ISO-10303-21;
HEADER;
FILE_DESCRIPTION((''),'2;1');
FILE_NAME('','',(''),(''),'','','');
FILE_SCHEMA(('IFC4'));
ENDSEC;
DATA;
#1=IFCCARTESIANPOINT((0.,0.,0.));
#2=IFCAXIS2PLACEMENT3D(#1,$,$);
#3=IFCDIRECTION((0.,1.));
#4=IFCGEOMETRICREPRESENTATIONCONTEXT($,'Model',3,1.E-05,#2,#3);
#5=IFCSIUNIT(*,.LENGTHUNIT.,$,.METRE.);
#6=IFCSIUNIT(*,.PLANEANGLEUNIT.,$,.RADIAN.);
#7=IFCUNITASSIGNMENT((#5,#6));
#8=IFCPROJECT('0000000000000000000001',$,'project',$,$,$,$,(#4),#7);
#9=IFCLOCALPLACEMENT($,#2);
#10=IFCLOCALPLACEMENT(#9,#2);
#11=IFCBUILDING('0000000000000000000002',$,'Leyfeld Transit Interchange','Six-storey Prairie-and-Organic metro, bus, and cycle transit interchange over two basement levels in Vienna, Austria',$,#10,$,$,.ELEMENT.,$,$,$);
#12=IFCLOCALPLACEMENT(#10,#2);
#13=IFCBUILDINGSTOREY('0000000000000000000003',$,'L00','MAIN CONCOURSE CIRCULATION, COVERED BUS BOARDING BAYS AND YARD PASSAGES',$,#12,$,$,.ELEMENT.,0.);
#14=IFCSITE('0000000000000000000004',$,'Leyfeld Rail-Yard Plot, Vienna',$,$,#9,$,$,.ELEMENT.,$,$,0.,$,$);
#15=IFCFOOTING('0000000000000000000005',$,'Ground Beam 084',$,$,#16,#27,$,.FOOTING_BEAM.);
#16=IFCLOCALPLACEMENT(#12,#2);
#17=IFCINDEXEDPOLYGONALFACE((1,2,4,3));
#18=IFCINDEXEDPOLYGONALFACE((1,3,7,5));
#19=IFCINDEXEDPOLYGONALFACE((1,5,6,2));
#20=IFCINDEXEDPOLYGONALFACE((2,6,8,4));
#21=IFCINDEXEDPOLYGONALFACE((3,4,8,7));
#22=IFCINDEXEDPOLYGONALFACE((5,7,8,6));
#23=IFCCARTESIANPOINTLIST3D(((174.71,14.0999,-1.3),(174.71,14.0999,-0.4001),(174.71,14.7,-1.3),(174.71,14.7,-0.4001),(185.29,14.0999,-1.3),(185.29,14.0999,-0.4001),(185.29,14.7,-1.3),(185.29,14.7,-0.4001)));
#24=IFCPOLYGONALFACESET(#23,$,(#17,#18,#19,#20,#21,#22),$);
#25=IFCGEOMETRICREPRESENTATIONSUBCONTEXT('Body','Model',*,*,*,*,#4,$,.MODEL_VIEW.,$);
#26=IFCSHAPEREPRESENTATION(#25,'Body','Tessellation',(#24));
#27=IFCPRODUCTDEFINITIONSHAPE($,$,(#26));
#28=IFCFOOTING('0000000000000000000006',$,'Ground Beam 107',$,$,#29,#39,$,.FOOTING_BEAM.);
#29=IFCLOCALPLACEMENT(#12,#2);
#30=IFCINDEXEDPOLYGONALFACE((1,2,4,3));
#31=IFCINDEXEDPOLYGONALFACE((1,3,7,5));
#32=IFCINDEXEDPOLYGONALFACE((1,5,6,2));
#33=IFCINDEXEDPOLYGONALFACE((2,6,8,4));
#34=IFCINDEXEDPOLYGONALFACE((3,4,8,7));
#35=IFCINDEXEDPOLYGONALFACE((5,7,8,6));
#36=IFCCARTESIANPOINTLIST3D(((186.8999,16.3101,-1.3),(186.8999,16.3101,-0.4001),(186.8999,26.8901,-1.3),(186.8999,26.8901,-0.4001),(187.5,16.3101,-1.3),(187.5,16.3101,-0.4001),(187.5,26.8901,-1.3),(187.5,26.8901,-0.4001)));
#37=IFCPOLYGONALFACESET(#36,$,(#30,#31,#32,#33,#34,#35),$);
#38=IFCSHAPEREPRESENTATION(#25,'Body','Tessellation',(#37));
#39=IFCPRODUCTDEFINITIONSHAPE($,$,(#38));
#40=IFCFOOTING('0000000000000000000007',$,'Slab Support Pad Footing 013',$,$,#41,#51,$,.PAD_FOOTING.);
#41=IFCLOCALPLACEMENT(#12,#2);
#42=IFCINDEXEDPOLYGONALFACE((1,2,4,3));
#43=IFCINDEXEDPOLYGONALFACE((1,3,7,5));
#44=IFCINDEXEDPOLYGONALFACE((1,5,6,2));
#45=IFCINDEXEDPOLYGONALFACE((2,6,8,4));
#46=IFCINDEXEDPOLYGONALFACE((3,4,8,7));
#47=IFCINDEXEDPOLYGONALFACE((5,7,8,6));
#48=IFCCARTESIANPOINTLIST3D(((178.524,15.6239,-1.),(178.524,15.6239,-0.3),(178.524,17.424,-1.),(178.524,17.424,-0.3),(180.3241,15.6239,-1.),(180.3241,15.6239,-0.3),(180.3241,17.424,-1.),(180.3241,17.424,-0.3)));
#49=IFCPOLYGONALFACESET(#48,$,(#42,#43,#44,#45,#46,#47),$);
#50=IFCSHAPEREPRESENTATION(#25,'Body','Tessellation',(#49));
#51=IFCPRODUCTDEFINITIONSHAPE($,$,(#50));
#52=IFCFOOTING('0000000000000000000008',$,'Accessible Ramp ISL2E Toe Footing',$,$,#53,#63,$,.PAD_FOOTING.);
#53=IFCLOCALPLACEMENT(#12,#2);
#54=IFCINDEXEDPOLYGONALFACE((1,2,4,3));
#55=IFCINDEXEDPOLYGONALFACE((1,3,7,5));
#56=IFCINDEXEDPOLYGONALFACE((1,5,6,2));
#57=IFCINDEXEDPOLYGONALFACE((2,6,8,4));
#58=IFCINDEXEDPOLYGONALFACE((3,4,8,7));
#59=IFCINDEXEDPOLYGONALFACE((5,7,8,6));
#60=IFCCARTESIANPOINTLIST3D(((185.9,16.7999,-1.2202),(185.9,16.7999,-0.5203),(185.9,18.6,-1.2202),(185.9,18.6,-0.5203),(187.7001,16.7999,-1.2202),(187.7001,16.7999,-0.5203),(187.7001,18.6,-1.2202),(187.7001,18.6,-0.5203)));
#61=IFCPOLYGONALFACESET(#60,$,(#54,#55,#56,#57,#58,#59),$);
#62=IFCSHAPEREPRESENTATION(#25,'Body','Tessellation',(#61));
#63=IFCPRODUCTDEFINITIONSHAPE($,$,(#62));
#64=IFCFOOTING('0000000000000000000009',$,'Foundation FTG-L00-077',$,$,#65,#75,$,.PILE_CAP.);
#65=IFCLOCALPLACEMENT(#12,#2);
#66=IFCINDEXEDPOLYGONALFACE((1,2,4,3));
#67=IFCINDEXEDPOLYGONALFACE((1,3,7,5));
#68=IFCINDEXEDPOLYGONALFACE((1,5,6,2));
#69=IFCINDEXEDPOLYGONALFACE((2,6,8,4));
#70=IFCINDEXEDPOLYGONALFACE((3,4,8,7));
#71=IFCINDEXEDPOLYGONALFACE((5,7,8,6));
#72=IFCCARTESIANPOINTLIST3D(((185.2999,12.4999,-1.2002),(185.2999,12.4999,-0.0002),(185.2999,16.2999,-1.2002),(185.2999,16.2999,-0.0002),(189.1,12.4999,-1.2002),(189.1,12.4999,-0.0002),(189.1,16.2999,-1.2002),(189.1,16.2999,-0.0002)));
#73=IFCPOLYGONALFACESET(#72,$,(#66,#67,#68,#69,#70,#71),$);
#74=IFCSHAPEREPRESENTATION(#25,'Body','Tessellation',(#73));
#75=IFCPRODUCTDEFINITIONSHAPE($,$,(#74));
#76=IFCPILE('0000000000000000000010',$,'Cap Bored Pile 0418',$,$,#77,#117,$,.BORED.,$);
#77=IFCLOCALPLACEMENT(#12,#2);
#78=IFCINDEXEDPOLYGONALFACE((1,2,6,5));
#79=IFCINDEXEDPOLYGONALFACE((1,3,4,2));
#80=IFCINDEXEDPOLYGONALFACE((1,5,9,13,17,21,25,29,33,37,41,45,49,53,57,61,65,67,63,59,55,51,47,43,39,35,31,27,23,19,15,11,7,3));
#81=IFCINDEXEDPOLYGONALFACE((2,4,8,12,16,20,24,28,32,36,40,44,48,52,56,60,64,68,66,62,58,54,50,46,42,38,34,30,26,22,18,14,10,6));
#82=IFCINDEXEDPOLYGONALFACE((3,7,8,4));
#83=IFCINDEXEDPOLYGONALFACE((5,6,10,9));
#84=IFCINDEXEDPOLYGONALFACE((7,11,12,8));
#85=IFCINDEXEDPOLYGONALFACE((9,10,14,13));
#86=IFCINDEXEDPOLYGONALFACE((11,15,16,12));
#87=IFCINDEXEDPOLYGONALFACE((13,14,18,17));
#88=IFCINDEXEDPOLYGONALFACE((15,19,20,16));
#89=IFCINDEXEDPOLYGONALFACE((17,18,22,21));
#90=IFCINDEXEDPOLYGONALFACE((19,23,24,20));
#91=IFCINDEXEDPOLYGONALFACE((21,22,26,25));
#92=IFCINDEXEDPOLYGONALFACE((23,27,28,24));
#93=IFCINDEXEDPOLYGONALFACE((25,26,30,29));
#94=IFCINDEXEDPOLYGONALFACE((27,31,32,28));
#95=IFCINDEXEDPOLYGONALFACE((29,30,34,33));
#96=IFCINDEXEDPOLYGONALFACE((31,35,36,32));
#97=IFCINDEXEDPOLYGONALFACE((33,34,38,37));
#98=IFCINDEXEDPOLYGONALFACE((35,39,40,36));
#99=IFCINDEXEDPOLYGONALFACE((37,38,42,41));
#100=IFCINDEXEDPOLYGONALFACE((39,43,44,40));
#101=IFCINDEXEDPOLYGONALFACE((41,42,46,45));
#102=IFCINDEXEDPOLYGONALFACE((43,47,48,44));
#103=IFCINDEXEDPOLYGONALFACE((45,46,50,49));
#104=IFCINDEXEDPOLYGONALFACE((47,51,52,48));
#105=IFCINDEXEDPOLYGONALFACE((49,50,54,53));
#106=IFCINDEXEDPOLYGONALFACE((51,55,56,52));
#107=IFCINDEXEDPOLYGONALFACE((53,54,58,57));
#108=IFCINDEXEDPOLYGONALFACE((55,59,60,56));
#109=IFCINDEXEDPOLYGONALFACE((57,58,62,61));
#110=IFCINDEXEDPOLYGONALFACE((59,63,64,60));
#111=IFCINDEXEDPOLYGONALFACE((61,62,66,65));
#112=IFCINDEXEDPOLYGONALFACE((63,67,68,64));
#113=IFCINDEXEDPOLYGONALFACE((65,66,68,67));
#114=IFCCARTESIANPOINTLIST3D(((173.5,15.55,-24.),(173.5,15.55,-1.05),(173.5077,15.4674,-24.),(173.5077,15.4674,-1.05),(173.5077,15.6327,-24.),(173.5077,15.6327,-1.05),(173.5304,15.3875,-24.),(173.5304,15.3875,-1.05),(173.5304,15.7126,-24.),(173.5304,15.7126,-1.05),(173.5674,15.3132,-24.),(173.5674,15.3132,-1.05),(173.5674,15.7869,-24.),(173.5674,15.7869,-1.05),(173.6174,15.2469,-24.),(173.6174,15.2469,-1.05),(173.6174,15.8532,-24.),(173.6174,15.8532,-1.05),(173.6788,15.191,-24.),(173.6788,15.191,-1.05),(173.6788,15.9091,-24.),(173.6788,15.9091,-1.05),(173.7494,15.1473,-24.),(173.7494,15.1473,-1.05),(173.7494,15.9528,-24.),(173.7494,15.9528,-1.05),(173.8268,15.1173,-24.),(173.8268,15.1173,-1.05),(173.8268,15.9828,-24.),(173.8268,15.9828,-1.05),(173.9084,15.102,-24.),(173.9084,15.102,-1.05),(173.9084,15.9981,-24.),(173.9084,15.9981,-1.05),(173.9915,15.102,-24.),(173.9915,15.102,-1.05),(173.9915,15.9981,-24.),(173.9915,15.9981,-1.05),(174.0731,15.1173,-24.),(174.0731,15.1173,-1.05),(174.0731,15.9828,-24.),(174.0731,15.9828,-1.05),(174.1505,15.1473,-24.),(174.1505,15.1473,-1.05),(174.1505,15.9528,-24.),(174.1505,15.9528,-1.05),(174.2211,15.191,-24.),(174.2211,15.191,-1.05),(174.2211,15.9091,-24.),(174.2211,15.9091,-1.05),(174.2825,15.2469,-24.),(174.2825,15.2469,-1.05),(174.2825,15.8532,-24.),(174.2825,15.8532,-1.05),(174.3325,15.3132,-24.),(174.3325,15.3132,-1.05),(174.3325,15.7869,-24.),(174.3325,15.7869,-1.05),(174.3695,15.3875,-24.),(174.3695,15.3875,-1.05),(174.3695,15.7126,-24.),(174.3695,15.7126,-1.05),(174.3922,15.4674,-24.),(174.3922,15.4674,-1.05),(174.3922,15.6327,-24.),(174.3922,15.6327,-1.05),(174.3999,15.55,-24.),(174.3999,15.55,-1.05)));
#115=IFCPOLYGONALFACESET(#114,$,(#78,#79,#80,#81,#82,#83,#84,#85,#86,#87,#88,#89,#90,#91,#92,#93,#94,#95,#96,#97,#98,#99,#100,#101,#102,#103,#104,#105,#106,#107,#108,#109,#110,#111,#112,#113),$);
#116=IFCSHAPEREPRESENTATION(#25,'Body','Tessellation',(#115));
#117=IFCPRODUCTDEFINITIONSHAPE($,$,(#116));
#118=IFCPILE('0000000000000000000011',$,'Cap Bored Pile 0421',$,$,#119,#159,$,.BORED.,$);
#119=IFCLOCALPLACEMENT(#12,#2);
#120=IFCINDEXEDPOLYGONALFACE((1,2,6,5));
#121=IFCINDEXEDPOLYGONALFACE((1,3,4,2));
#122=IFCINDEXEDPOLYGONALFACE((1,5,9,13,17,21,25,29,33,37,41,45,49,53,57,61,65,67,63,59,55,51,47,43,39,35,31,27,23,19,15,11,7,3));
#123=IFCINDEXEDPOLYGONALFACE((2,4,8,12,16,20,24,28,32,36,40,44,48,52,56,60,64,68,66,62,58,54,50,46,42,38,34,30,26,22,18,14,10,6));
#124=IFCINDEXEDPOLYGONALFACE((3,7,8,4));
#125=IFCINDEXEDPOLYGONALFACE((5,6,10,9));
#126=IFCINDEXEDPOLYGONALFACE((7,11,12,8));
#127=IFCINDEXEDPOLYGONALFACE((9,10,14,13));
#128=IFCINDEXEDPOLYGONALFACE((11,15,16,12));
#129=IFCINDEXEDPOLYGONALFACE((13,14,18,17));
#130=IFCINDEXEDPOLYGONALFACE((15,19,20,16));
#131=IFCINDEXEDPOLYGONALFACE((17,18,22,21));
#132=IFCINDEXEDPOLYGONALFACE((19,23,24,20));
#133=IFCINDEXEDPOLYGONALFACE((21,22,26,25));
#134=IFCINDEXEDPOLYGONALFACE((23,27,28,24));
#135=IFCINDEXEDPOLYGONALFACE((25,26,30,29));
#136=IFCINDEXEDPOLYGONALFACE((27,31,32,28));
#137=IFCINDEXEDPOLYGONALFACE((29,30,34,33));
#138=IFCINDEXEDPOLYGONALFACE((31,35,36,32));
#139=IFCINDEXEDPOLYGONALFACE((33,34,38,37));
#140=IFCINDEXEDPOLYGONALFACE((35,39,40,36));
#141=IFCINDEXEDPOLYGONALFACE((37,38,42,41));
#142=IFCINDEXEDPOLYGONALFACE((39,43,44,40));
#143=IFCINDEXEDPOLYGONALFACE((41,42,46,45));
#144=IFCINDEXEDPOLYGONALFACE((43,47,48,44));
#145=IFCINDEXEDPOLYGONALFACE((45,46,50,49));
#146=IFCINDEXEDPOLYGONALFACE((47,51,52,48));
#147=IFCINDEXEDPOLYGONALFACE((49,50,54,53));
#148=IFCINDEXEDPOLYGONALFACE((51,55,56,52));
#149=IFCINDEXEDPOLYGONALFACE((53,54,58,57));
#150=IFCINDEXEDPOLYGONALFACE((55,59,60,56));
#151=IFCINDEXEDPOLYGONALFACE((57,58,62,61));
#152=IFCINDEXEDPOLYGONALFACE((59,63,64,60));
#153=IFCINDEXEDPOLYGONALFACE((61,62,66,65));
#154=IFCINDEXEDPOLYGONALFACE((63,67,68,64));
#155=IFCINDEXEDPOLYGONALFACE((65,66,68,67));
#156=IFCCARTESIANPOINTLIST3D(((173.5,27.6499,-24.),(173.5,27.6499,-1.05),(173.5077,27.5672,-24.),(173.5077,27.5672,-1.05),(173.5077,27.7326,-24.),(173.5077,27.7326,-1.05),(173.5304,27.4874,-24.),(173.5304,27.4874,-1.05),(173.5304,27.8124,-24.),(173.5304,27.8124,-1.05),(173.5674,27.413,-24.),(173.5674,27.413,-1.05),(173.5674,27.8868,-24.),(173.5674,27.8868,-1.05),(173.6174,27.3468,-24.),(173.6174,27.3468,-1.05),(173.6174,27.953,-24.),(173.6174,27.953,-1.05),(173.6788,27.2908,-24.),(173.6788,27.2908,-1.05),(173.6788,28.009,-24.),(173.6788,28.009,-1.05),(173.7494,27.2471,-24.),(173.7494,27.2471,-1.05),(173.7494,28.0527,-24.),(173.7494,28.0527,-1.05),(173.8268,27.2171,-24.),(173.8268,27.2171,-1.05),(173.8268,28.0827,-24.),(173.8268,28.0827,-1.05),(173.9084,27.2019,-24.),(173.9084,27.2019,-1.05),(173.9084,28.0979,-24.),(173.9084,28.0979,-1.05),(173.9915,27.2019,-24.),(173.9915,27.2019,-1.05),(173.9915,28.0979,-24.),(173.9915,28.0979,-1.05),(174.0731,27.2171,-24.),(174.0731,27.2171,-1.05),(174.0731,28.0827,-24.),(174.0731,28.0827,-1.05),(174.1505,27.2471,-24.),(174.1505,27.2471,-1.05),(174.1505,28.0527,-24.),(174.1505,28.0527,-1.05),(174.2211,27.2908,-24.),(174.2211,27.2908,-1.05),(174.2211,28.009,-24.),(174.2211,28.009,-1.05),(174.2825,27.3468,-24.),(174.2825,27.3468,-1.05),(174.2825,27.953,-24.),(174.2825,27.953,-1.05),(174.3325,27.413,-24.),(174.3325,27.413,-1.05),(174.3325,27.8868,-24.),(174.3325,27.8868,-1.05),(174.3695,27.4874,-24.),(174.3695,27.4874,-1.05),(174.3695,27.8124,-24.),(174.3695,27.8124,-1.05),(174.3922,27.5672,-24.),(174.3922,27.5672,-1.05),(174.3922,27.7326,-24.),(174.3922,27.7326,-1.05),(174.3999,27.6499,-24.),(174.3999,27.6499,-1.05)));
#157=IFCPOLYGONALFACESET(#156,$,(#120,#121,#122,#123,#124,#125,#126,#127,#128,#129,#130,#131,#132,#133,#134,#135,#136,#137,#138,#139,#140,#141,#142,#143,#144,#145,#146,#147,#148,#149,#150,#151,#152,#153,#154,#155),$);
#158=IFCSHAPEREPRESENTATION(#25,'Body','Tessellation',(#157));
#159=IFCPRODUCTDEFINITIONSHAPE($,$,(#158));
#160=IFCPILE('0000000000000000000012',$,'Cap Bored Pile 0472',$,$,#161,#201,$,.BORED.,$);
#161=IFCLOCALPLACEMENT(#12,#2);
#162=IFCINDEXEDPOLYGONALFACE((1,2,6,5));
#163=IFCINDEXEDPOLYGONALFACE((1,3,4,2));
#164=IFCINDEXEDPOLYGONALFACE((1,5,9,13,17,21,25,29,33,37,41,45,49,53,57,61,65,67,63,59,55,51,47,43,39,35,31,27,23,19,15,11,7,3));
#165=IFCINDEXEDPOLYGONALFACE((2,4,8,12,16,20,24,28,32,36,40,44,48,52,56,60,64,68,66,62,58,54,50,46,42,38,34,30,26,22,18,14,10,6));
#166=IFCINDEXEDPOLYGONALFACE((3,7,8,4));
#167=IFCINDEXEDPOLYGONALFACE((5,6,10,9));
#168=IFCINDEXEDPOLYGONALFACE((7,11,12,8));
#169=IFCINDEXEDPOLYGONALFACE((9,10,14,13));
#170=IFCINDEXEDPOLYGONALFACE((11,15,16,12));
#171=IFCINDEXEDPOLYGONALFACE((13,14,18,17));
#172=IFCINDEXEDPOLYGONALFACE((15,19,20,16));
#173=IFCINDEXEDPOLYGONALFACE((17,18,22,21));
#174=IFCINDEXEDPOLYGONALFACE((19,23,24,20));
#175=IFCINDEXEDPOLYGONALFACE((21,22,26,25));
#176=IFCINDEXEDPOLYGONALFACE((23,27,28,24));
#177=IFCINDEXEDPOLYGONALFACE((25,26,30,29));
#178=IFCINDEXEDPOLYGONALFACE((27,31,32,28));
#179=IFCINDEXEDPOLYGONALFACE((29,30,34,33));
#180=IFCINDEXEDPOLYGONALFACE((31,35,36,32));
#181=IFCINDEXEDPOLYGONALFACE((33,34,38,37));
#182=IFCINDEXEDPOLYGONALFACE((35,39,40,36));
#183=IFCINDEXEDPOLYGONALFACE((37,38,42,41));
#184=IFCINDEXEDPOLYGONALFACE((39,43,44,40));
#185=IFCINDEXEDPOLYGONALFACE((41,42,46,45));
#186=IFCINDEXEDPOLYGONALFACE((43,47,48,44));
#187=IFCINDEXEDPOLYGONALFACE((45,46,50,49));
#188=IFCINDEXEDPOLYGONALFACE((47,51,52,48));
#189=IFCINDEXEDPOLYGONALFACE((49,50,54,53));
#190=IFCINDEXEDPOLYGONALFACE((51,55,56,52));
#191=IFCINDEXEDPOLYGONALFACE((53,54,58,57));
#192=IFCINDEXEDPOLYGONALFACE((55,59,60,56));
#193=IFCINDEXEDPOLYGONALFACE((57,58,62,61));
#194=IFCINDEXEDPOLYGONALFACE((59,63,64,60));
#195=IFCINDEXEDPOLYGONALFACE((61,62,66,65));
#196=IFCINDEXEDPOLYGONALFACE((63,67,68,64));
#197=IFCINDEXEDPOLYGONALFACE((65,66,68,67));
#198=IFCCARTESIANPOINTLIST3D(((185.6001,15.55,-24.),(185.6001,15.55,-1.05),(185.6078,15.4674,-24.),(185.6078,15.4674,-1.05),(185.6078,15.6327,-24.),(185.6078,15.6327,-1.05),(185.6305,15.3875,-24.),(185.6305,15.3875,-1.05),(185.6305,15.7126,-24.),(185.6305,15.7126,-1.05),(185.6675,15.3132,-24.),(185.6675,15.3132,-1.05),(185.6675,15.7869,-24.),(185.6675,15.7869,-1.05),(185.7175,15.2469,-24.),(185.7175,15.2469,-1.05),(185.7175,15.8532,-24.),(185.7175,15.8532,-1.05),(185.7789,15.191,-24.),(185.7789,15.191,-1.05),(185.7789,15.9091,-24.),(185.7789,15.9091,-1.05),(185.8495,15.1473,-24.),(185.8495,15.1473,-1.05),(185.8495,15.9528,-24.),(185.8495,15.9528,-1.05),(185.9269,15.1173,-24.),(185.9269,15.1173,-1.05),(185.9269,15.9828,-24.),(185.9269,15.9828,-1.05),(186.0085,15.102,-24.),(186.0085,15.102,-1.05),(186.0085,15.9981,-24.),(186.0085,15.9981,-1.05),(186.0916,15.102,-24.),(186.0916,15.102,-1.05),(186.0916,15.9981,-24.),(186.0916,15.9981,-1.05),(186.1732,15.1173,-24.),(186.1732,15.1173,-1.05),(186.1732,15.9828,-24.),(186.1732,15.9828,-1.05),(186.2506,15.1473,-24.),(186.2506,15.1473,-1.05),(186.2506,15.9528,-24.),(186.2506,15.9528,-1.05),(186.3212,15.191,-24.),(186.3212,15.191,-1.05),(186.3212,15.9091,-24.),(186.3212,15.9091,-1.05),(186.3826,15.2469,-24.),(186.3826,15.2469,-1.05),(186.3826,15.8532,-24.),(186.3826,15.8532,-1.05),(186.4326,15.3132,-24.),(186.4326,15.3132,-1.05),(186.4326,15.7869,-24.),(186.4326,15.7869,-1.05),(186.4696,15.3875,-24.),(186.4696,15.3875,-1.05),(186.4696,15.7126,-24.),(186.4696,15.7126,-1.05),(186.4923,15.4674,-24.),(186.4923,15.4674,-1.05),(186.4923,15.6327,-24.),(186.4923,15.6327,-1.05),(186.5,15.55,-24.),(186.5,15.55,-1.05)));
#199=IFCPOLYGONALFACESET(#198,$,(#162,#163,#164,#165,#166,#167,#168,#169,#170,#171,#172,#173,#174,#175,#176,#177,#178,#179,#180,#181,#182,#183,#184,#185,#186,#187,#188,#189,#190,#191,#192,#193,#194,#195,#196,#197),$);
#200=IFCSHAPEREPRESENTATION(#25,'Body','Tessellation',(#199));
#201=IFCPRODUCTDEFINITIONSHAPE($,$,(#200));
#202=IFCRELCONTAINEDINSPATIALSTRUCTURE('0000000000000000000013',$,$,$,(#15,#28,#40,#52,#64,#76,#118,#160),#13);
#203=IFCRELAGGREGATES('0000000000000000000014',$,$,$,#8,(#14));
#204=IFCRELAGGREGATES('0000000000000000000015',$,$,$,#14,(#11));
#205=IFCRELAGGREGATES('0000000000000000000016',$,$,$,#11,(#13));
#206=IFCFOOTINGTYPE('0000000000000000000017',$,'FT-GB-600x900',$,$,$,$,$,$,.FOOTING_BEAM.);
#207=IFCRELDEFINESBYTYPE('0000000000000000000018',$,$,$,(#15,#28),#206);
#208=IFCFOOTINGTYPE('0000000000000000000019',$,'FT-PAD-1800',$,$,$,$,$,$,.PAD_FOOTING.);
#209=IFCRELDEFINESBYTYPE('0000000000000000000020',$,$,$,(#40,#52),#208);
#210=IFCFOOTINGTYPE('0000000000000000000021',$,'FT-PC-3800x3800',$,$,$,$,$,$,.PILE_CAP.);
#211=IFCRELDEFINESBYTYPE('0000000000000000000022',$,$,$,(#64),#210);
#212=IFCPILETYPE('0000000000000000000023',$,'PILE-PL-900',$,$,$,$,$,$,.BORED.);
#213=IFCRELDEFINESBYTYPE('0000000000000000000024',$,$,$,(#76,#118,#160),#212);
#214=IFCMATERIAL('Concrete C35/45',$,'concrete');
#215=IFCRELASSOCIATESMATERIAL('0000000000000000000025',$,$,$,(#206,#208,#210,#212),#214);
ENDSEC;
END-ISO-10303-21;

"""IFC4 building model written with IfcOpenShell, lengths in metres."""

from ifc_helpers import new_model, si_unit, direction, frame, origin, origin_2d, place, context, subcontext, project, spatial, rectangle, circle, extrude, material, material_profile, profile_set, type_object, element, save


model = new_model("IFC4")

# Units and contexts
model_context = context("Model", 3, precision=1e-05, world=origin(), true_north=direction((0.0, 1.0)))
body_context = subcontext(model_context, "Body", "Model", "MODEL_VIEW")
ifc_project = project(units=[si_unit("LENGTHUNIT", "METRE"), si_unit("PLANEANGLEUNIT", "RADIAN")], contexts=[model_context])

# Site, building, storey
site_placement = place(None, origin())
site = spatial("IfcSite", under=ifc_project, at=site_placement, Name="Leyfeld Rail-Yard Plot, Vienna", CompositionType="ELEMENT", RefElevation=0.0)
building_placement = place(site_placement, origin())
building = spatial("IfcBuilding", under=site, at=building_placement, Name="Leyfeld Transit Interchange", Description="Six-storey Prairie-and-Organic metro, bus, and cycle transit interchange over two basement levels in Vienna, Austria", CompositionType="ELEMENT")
storey_placement = place(building_placement, origin())
storey = spatial("IfcBuildingStorey", under=building, at=storey_placement, Name="L00", Description="MAIN CONCOURSE CIRCULATION, COVERED BUS BOARDING BAYS AND YARD PASSAGES", CompositionType="ELEMENT", Elevation=0.0)

# Footings
ifc_material_1 = material(Name="Concrete C35/45", Category="concrete")
footing_type_1 = type_object("IfcFootingType", Name="FT-GB-600x900", PredefinedType="FOOTING_BEAM", material=ifc_material_1)
footing_1_placement = place(storey_placement, frame((180.0, 14.3999, -1.3), z_axis=(0.0, 0.0, 1.0), x_axis=(1.0, 0.0, 0.0)))
element("IfcFooting", 1, at=footing_1_placement, inside=storey, type_object=footing_type_1, Name="Ground Beam 084", PredefinedType="FOOTING_BEAM", context=body_context, shape_type="SweptSolid", body=[
    extrude(rectangle(XDim=10.5801, YDim=0.6001, at=origin_2d()), origin(), (0.0, 0.0, 1.0), 0.8999),
])
footing_2_placement = place(storey_placement, frame((187.2, 21.6001, -1.3), z_axis=(0.0, 0.0, 1.0), x_axis=(1.0, 0.0, 0.0)))
element("IfcFooting", 2, at=footing_2_placement, inside=storey, type_object=footing_type_1, Name="Ground Beam 107", PredefinedType="FOOTING_BEAM", context=body_context, shape_type="SweptSolid", body=[
    extrude(rectangle(XDim=0.6001, YDim=10.5801, at=origin_2d()), origin(), (0.0, 0.0, 1.0), 0.8999),
])
footing_type_2 = type_object("IfcFootingType", Name="FT-PAD-1800", PredefinedType="PAD_FOOTING", material=ifc_material_1)
for number, where, z_axis, x_axis, name in (
    (3, (179.4241, 16.5239, -1.0), (0.0, 0.0, 1.0), (1.0, 0.0, 0.0), "Slab Support Pad Footing 013"),
    (4, (186.8, 17.7, -1.2202), (0.0, 0.0, 1.0), (1.0, 0.0, 0.0), "Accessible Ramp ISL2E Toe Footing"),
):
    element("IfcFooting", number, at=place(storey_placement, frame(where, z_axis=z_axis, x_axis=x_axis)), inside=storey, type_object=footing_type_2, Name=name, PredefinedType="PAD_FOOTING", context=body_context, shape_type="SweptSolid", body=[
        extrude(rectangle(XDim=1.8, YDim=1.8, at=origin_2d()), origin(), (0.0, 0.0, 1.0), 0.7),
    ])
footing_type_3 = type_object("IfcFootingType", Name="FT-PC-3800x3800", PredefinedType="PILE_CAP", material=ifc_material_1)
footing_3_placement = place(storey_placement, frame((187.2, 14.3999, -1.2002), z_axis=(0.0, 0.0, 1.0), x_axis=(1.0, 0.0, 0.0)))
element("IfcFooting", 5, at=footing_3_placement, inside=storey, type_object=footing_type_3, Name="Foundation FTG-L00-077", PredefinedType="PILE_CAP", context=body_context, shape_type="SweptSolid", body=[
    extrude(rectangle(XDim=3.8, YDim=3.8, at=origin_2d()), origin(), (0.0, 0.0, 1.0), 1.2),
])

# Piles
ifc_material_profile_1 = material_profile(ifc_material_1, circle(Radius=0.45, at=origin_2d()), Name="PILE D900")
ifc_profile_set_1 = profile_set([ifc_material_profile_1], Name="Concrete C35/45")
pile_type = type_object("IfcPileType", Name="PILE-PL-900", PredefinedType="BORED", material=ifc_profile_set_1)
for number, where, z_axis, x_axis, name in (
    (6, (173.95, 15.55, -1.05), (0.0, 0.0, -1.0), (1.0, 0.0, 0.0), "Cap Bored Pile 0418"),
    (7, (173.95, 27.6499, -1.05), (0.0, 0.0, -1.0), (1.0, 0.0, 0.0), "Cap Bored Pile 0421"),
    (8, (186.05, 15.55, -1.05), (0.0, 0.0, -1.0), (1.0, 0.0, 0.0), "Cap Bored Pile 0472"),
):
    element("IfcPile", number, at=place(storey_placement, frame(where, z_axis=z_axis, x_axis=x_axis)), inside=storey, type_object=pile_type, Name=name, PredefinedType="BORED", context=body_context, shape_type="SweptSolid", body=[
        extrude(circle(Radius=0.45, at=origin_2d()), origin(), (0.0, 0.0, 1.0), 22.95),
    ])

save(model, "model.ifc")
